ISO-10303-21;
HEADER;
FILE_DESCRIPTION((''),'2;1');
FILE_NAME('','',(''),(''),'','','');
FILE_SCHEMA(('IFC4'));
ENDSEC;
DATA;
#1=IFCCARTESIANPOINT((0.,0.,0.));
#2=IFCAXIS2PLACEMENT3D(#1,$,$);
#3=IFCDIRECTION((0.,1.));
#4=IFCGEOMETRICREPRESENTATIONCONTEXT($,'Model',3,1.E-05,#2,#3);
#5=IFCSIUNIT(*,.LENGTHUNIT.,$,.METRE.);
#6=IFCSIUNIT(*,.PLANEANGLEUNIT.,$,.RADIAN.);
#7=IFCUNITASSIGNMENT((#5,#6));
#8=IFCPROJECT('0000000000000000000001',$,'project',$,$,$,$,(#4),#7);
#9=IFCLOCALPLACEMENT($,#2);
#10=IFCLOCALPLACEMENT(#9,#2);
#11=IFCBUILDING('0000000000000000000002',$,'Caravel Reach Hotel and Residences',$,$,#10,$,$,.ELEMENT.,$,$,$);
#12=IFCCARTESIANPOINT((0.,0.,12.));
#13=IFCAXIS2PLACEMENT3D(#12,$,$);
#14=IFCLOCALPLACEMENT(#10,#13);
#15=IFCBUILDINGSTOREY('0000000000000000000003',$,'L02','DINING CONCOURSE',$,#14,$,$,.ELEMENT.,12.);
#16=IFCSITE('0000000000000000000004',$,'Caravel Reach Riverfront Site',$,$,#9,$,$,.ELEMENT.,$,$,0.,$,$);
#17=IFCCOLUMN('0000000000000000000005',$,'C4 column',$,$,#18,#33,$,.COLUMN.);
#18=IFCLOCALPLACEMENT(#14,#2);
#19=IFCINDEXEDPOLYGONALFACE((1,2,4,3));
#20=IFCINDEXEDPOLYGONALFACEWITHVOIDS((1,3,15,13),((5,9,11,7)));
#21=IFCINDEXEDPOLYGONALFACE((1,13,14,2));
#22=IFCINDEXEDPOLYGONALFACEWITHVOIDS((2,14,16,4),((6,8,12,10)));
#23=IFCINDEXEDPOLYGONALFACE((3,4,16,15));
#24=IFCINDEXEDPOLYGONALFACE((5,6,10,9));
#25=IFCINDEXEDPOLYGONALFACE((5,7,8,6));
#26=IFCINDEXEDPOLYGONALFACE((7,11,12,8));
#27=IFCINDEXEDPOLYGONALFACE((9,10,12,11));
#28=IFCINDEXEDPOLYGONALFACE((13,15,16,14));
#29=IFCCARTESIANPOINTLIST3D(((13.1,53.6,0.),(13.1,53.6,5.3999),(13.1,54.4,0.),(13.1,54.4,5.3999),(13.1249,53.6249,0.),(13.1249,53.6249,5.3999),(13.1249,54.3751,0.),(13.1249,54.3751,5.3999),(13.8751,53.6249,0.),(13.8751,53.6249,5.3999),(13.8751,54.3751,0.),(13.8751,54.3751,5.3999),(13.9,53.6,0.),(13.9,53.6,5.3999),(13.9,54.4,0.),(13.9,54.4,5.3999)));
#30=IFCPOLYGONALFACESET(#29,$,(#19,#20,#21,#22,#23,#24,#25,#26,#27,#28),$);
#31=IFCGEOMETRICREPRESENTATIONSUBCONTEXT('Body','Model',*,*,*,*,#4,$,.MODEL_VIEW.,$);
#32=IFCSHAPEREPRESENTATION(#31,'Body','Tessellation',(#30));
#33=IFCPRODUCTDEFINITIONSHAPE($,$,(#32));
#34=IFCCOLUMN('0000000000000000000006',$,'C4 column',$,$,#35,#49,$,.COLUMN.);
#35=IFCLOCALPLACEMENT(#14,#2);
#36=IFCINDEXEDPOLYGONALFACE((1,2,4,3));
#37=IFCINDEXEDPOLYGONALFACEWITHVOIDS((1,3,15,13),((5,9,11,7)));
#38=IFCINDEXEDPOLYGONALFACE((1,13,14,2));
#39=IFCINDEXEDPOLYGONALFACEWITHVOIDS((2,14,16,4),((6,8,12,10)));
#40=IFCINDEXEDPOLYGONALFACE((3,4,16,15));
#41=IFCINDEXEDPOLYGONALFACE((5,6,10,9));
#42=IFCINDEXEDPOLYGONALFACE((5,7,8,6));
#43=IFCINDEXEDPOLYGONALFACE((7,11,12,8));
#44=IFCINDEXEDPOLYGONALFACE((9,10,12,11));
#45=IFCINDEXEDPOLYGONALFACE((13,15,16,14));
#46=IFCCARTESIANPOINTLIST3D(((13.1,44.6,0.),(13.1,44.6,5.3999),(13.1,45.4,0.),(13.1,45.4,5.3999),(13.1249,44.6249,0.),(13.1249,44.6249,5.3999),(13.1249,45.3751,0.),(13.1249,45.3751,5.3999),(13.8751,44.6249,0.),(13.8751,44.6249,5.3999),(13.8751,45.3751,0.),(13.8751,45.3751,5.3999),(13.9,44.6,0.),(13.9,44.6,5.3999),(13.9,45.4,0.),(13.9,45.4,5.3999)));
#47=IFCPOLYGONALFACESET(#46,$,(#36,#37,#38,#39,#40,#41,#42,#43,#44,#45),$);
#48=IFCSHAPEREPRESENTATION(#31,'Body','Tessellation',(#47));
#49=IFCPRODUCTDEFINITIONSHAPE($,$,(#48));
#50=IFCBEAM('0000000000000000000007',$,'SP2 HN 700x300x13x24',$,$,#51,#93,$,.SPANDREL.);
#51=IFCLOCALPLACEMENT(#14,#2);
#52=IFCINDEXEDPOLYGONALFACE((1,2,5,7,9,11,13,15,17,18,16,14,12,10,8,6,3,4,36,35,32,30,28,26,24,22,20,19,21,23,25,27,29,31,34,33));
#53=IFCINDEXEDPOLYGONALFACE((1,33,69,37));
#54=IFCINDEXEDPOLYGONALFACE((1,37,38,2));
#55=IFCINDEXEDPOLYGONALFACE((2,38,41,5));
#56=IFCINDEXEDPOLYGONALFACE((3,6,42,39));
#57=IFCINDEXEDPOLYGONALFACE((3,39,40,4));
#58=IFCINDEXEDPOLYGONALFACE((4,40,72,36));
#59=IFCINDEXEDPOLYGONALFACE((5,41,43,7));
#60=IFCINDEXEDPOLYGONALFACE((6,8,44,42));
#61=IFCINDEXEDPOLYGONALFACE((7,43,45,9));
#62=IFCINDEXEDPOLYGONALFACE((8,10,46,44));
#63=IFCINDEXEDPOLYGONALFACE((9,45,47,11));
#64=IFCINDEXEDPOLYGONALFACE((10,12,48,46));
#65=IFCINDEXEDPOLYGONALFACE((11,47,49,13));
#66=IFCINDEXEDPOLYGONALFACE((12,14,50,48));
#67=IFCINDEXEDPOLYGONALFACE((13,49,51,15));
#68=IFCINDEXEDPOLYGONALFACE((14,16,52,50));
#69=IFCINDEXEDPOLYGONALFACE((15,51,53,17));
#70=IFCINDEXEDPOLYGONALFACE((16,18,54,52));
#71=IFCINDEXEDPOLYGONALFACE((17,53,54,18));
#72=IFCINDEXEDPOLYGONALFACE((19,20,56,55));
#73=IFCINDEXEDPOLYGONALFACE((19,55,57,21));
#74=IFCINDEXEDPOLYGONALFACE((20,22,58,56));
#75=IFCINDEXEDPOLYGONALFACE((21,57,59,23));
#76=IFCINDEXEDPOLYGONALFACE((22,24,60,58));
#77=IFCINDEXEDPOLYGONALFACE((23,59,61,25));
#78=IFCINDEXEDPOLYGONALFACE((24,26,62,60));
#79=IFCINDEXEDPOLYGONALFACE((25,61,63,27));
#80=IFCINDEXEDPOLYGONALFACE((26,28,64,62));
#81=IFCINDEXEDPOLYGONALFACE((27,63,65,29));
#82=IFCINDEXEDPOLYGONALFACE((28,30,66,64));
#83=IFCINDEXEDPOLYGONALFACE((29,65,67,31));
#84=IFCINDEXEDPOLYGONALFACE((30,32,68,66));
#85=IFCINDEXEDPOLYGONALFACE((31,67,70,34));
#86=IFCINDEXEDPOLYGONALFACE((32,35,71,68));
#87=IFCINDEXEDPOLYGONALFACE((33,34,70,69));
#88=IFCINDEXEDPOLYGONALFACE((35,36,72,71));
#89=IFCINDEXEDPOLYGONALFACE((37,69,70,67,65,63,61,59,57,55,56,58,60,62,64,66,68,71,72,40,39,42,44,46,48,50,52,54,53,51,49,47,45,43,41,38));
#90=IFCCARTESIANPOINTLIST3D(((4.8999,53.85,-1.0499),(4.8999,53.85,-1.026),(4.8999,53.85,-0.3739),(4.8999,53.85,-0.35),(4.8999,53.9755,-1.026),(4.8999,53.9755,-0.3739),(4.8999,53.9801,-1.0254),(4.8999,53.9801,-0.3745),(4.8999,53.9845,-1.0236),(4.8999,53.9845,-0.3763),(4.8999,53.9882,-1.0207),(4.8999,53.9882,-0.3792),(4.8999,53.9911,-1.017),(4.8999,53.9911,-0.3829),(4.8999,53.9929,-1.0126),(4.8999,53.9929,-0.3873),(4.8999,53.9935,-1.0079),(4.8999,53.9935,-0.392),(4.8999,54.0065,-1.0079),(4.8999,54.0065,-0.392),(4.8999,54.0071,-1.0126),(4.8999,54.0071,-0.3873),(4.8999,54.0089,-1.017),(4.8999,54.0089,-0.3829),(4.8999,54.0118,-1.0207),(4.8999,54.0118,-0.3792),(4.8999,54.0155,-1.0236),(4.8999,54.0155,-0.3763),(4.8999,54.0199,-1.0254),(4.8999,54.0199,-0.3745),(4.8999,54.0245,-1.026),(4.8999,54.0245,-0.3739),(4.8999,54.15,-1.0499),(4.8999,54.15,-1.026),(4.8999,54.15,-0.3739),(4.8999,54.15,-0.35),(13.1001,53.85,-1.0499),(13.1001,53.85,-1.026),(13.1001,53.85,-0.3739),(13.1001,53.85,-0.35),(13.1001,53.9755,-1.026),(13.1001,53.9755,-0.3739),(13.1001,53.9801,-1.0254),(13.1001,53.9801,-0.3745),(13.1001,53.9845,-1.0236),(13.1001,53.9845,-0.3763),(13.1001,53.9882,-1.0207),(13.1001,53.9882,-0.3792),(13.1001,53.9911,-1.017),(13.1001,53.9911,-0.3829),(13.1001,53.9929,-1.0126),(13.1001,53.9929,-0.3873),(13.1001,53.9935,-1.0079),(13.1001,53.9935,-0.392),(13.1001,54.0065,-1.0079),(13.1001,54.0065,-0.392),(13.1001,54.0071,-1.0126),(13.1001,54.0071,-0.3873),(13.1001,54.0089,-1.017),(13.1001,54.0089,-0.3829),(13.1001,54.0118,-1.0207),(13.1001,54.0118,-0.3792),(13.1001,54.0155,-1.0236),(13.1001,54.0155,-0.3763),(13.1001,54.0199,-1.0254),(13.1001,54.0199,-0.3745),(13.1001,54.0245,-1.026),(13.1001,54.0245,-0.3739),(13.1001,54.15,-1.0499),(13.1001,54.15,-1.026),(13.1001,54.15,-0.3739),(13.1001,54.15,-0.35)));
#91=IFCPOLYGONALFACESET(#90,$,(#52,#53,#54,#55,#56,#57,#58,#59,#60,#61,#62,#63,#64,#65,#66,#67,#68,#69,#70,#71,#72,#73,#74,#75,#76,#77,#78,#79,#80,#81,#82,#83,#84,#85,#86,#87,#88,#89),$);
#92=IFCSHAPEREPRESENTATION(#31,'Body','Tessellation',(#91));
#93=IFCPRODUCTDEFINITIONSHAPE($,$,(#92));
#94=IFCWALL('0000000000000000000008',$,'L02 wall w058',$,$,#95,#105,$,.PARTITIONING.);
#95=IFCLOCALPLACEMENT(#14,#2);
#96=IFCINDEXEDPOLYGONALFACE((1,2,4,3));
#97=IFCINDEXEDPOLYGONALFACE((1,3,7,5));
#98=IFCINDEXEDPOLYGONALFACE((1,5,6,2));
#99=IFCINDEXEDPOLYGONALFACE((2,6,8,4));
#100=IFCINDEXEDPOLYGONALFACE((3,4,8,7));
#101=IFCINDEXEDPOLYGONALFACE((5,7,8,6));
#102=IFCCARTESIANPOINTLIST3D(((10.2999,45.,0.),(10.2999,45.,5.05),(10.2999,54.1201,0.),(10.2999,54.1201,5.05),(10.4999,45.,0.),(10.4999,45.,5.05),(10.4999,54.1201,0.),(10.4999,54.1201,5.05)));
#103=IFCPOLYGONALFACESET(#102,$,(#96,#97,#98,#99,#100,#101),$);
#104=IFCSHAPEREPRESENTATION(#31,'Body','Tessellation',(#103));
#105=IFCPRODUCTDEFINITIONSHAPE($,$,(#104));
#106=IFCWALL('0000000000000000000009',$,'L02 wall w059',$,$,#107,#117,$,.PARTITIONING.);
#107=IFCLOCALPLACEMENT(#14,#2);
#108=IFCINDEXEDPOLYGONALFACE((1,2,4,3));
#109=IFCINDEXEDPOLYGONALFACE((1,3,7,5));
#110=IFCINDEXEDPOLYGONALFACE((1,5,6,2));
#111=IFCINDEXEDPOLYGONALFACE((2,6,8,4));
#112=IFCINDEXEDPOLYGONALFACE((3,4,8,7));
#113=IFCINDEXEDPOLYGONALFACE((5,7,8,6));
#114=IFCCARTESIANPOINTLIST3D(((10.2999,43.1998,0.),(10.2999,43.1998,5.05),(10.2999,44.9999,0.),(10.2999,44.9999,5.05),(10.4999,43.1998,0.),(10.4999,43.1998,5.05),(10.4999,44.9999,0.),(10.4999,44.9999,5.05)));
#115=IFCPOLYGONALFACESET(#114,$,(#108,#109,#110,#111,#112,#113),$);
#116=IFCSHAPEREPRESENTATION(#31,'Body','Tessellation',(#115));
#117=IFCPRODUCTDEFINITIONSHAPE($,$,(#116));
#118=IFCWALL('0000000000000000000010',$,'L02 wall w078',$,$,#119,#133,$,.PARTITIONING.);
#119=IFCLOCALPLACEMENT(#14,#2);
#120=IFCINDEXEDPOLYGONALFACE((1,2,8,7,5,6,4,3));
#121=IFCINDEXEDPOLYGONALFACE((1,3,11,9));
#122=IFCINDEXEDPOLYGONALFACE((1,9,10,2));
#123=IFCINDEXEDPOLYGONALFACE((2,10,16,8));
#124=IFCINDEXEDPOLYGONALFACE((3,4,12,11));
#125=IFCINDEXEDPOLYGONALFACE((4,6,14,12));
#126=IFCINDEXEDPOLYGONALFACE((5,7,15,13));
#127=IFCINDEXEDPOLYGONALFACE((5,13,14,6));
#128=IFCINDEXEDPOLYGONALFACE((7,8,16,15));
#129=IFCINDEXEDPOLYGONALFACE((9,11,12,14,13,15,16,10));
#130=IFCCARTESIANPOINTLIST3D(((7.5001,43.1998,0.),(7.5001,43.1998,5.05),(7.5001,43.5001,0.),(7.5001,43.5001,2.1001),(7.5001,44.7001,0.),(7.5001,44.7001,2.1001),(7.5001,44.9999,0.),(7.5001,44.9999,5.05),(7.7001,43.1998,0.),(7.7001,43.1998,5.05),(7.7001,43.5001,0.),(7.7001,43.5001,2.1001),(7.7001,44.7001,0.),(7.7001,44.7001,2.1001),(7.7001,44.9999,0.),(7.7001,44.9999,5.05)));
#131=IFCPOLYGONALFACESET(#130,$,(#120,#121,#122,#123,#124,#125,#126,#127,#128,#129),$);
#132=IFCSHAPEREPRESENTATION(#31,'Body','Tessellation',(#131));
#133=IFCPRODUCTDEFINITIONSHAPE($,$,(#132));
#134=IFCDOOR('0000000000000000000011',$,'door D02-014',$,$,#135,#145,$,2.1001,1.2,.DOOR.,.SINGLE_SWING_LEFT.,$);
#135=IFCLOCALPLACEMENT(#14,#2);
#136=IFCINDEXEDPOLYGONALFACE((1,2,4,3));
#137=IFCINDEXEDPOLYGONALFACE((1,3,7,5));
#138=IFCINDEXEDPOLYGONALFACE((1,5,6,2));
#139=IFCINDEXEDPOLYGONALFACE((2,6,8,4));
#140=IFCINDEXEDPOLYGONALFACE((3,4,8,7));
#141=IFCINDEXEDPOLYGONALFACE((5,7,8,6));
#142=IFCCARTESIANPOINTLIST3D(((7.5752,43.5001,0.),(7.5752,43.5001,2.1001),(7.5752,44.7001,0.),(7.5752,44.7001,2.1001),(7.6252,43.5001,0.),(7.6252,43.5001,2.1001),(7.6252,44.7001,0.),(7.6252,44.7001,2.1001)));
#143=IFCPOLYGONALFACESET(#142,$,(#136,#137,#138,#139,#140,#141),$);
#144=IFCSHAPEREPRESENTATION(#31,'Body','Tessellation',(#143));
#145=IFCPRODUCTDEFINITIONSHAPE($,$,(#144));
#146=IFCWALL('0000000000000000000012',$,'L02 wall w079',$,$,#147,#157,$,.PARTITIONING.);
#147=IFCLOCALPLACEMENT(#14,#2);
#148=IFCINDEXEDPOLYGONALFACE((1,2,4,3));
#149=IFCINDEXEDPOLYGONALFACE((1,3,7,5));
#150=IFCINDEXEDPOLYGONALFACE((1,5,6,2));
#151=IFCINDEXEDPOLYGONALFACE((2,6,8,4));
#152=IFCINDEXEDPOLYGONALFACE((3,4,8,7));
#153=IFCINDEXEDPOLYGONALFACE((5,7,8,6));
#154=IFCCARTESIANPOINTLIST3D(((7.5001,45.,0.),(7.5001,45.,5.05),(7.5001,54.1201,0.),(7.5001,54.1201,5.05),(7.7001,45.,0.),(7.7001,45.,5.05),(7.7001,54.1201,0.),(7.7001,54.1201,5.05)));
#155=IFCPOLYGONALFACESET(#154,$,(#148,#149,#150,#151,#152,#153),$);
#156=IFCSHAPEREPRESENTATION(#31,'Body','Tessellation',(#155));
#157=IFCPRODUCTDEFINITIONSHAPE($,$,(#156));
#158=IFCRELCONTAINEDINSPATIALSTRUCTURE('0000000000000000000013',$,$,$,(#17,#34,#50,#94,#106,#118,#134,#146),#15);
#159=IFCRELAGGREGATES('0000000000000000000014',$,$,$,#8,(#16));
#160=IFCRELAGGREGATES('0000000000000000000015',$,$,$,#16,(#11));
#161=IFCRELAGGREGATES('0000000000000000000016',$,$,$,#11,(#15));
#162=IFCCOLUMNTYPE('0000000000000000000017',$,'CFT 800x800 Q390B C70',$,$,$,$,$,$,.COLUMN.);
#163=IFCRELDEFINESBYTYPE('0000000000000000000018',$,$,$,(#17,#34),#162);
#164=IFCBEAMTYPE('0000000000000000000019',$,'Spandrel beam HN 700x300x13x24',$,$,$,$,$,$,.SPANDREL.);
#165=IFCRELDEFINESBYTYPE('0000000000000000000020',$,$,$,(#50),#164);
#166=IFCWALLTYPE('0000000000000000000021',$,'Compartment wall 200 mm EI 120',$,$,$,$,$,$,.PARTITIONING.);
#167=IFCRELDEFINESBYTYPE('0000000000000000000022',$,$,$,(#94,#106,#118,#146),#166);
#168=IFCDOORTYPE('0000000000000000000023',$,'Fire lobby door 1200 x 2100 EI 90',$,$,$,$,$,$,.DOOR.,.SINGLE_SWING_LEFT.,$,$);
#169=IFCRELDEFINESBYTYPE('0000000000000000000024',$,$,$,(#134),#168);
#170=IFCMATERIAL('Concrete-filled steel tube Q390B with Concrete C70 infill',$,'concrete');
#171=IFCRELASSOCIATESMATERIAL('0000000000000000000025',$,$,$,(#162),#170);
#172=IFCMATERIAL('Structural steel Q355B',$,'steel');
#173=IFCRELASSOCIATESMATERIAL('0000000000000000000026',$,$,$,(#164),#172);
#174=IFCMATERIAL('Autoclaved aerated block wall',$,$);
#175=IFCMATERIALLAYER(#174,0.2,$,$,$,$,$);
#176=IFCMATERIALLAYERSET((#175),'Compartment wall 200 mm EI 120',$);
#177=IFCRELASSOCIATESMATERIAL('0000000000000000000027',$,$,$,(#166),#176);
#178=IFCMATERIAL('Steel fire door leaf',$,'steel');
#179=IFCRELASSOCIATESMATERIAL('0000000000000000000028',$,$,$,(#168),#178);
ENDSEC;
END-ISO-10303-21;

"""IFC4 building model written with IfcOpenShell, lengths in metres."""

from ifc_helpers import new_model, si_unit, direction, frame, frame_2d, origin, origin_2d, place, context, subcontext, project, spatial, rectangle, hollow_rectangle, i_section, extrude, material, layer, layer_set, material_profile, profile_set, type_object, element, fill, save


model = new_model("IFC4")

# Units and contexts
model_context = context("Model", 3, precision=1e-05, world=origin(), true_north=direction((0.0, 1.0)))
body_context = subcontext(model_context, "Body", "Model", "MODEL_VIEW")
ifc_project = project(units=[si_unit("LENGTHUNIT", "METRE"), si_unit("PLANEANGLEUNIT", "RADIAN")], contexts=[model_context])

# Site, building, storey
site_placement = place(None, origin())
site = spatial("IfcSite", under=ifc_project, at=site_placement, Name="Caravel Reach Riverfront Site", CompositionType="ELEMENT", RefElevation=0.0)
building_placement = place(site_placement, origin())
building = spatial("IfcBuilding", under=site, at=building_placement, Name="Caravel Reach Hotel and Residences", CompositionType="ELEMENT")
storey_placement = place(building_placement, frame((0.0, 0.0, 12.0)))
storey = spatial("IfcBuildingStorey", under=building, at=storey_placement, Name="L02", Description="DINING CONCOURSE", CompositionType="ELEMENT", Elevation=12.0)

# Columns
ifc_material_1 = material(Name="Concrete-filled steel tube Q390B with Concrete C70 infill", Category="concrete")
ifc_material_profile_1 = material_profile(ifc_material_1, hollow_rectangle(XDim=0.8, YDim=0.8, WallThickness=0.0249, at=origin_2d()), Name="RHS 800x800x25")
ifc_profile_set_1 = profile_set([ifc_material_profile_1], Name="Concrete-filled steel tube Q390B with Concrete C70 infill")
column_type = type_object("IfcColumnType", Name="CFT 800x800 Q390B C70", PredefinedType="COLUMN", material=ifc_profile_set_1)
for number, where, z_axis, x_axis, name in (
    (1, (13.5, 54.0, 0.0), (0.0, 0.0, 1.0), (1.0, 0.0, 0.0), "C4 column"),
    (2, (13.5, 45.0, 0.0), (0.0, 0.0, 1.0), (1.0, 0.0, 0.0), "C4 column"),
):
    element("IfcColumn", number, at=place(storey_placement, frame(where, z_axis=z_axis, x_axis=x_axis)), inside=storey, type_object=column_type, Name=name, PredefinedType="COLUMN", context=body_context, shape_type="SweptSolid", body=[
        extrude(hollow_rectangle(XDim=0.8, YDim=0.8, WallThickness=0.0249, at=origin_2d()), origin(), (0.0, 0.0, 1.0), 5.3999),
    ])

# Beam
ifc_material_2 = material(Name="Structural steel Q355B", Category="steel")
ifc_material_profile_2 = material_profile(ifc_material_2, i_section(OverallWidth=0.3, OverallDepth=0.7, WebThickness=0.0129, FlangeThickness=0.0239, FilletRadius=0.0181, at=origin_2d()), Name="HN 700x300x13x24")
ifc_profile_set_2 = profile_set([ifc_material_profile_2], Name="Structural steel Q355B")
beam_type = type_object("IfcBeamType", Name="Spandrel beam HN 700x300x13x24", PredefinedType="SPANDREL", material=ifc_profile_set_2)
beam_placement = place(storey_placement, frame((13.1001, 54.0, -0.7), z_axis=(-1.0, 0.0, 0.0), x_axis=(0.0, -1.0, 0.0)))
element("IfcBeam", 3, at=beam_placement, inside=storey, type_object=beam_type, Name="SP2 HN 700x300x13x24", PredefinedType="SPANDREL", context=body_context, shape_type="SweptSolid", body=[
    extrude(i_section(OverallWidth=0.3, OverallDepth=0.7, WebThickness=0.0129, FlangeThickness=0.0239, FilletRadius=0.0181, at=origin_2d()), origin(), (0.0, 0.0, 1.0), 8.2002),
])

# Walls
ifc_material_3 = material(Name="Autoclaved aerated block wall")
ifc_layer_1 = layer(ifc_material_3, 0.2)
ifc_layer_set_1 = layer_set([ifc_layer_1], Name="Compartment wall 200 mm EI 120")
wall_type_1 = type_object("IfcWallType", Name="Compartment wall 200 mm EI 120", PredefinedType="PARTITIONING", material=ifc_layer_set_1)
wall_1_placement = place(storey_placement, frame((10.3999, 45.0, 0.0), z_axis=(0.0, 0.0, 1.0), x_axis=(0.0, 1.0, 0.0)))
element("IfcWall", 4, at=wall_1_placement, inside=storey, type_object=wall_type_1, Name="L02 wall w058", PredefinedType="PARTITIONING", context=body_context, shape_type="SweptSolid", body=[
    extrude(rectangle(XDim=9.1201, YDim=0.2, at=frame_2d((4.5601, 0.0))), origin(), (0.0, 0.0, 1.0), 5.05),
])
wall_2_placement = place(storey_placement, frame((10.3999, 43.2, 0.0), z_axis=(0.0, 0.0, 1.0), x_axis=(0.0, 1.0, 0.0)))
element("IfcWall", 5, at=wall_2_placement, inside=storey, type_object=wall_type_1, Name="L02 wall w059", PredefinedType="PARTITIONING", context=body_context, shape_type="SweptSolid", body=[
    extrude(rectangle(XDim=1.8, YDim=0.2, at=frame_2d((0.8999, 0.0))), origin(), (0.0, 0.0, 1.0), 5.05),
])

# Wall, opening, door
wall_3_placement = place(storey_placement, frame((7.6001, 43.2, 0.0), z_axis=(0.0, 0.0, 1.0), x_axis=(0.0, 1.0, 0.0)))
wall_3 = element("IfcWall", 6, at=wall_3_placement, inside=storey, type_object=wall_type_1, Name="L02 wall w078", PredefinedType="PARTITIONING", context=body_context, shape_type="SweptSolid", body=[
    extrude(rectangle(XDim=1.8, YDim=0.2, at=frame_2d((0.8999, 0.0))), origin(), (0.0, 0.0, 1.0), 5.05),
])
opening_1_placement = place(wall_3_placement, frame((0.3, 0.0, 0.0)))
opening_1 = element("IfcOpeningElement", 7, at=opening_1_placement, cuts=wall_3, PredefinedType="OPENING", context=body_context, shape_type="SweptSolid", body=[
    extrude(rectangle(XDim=1.2, YDim=2.1001, at=frame_2d((0.6001, 1.05))), frame((0.0, 0.1099, 0.0), z_axis=(0.0, -1.0, 0.0), x_axis=(1.0, 0.0, 0.0)), (0.0, 0.0, 1.0), 0.22),
])
ifc_material_4 = material(Name="Steel fire door leaf", Category="steel")
door_type_1 = type_object("IfcDoorType", Name="Fire lobby door 1200 x 2100 EI 90", OperationType="SINGLE_SWING_LEFT", PredefinedType="DOOR", material=ifc_material_4)
door_1_placement = place(opening_1_placement, origin())
door_1 = element("IfcDoor", 8, at=door_1_placement, inside=storey, type_object=door_type_1, Name="door D02-014", OperationType="SINGLE_SWING_LEFT", OverallHeight=2.1001, OverallWidth=1.2, PredefinedType="DOOR", context=body_context, shape_type="SweptSolid", body=[
    extrude(rectangle(XDim=1.2, YDim=2.1001, at=frame_2d((0.6001, 1.05))), frame((0.0, 0.0249, 0.0), z_axis=(0.0, -1.0, 0.0), x_axis=(1.0, 0.0, 0.0)), (0.0, 0.0, 1.0), 0.05),
])
fill(opening_1, door_1)

# Wall
wall_4_placement = place(storey_placement, frame((7.6001, 45.0, 0.0), z_axis=(0.0, 0.0, 1.0), x_axis=(0.0, 1.0, 0.0)))
element("IfcWall", 9, at=wall_4_placement, inside=storey, type_object=wall_type_1, Name="L02 wall w079", PredefinedType="PARTITIONING", context=body_context, shape_type="SweptSolid", body=[
    extrude(rectangle(XDim=9.1201, YDim=0.2, at=frame_2d((4.5601, 0.0))), origin(), (0.0, 0.0, 1.0), 5.05),
])

save(model, "model.ifc")
